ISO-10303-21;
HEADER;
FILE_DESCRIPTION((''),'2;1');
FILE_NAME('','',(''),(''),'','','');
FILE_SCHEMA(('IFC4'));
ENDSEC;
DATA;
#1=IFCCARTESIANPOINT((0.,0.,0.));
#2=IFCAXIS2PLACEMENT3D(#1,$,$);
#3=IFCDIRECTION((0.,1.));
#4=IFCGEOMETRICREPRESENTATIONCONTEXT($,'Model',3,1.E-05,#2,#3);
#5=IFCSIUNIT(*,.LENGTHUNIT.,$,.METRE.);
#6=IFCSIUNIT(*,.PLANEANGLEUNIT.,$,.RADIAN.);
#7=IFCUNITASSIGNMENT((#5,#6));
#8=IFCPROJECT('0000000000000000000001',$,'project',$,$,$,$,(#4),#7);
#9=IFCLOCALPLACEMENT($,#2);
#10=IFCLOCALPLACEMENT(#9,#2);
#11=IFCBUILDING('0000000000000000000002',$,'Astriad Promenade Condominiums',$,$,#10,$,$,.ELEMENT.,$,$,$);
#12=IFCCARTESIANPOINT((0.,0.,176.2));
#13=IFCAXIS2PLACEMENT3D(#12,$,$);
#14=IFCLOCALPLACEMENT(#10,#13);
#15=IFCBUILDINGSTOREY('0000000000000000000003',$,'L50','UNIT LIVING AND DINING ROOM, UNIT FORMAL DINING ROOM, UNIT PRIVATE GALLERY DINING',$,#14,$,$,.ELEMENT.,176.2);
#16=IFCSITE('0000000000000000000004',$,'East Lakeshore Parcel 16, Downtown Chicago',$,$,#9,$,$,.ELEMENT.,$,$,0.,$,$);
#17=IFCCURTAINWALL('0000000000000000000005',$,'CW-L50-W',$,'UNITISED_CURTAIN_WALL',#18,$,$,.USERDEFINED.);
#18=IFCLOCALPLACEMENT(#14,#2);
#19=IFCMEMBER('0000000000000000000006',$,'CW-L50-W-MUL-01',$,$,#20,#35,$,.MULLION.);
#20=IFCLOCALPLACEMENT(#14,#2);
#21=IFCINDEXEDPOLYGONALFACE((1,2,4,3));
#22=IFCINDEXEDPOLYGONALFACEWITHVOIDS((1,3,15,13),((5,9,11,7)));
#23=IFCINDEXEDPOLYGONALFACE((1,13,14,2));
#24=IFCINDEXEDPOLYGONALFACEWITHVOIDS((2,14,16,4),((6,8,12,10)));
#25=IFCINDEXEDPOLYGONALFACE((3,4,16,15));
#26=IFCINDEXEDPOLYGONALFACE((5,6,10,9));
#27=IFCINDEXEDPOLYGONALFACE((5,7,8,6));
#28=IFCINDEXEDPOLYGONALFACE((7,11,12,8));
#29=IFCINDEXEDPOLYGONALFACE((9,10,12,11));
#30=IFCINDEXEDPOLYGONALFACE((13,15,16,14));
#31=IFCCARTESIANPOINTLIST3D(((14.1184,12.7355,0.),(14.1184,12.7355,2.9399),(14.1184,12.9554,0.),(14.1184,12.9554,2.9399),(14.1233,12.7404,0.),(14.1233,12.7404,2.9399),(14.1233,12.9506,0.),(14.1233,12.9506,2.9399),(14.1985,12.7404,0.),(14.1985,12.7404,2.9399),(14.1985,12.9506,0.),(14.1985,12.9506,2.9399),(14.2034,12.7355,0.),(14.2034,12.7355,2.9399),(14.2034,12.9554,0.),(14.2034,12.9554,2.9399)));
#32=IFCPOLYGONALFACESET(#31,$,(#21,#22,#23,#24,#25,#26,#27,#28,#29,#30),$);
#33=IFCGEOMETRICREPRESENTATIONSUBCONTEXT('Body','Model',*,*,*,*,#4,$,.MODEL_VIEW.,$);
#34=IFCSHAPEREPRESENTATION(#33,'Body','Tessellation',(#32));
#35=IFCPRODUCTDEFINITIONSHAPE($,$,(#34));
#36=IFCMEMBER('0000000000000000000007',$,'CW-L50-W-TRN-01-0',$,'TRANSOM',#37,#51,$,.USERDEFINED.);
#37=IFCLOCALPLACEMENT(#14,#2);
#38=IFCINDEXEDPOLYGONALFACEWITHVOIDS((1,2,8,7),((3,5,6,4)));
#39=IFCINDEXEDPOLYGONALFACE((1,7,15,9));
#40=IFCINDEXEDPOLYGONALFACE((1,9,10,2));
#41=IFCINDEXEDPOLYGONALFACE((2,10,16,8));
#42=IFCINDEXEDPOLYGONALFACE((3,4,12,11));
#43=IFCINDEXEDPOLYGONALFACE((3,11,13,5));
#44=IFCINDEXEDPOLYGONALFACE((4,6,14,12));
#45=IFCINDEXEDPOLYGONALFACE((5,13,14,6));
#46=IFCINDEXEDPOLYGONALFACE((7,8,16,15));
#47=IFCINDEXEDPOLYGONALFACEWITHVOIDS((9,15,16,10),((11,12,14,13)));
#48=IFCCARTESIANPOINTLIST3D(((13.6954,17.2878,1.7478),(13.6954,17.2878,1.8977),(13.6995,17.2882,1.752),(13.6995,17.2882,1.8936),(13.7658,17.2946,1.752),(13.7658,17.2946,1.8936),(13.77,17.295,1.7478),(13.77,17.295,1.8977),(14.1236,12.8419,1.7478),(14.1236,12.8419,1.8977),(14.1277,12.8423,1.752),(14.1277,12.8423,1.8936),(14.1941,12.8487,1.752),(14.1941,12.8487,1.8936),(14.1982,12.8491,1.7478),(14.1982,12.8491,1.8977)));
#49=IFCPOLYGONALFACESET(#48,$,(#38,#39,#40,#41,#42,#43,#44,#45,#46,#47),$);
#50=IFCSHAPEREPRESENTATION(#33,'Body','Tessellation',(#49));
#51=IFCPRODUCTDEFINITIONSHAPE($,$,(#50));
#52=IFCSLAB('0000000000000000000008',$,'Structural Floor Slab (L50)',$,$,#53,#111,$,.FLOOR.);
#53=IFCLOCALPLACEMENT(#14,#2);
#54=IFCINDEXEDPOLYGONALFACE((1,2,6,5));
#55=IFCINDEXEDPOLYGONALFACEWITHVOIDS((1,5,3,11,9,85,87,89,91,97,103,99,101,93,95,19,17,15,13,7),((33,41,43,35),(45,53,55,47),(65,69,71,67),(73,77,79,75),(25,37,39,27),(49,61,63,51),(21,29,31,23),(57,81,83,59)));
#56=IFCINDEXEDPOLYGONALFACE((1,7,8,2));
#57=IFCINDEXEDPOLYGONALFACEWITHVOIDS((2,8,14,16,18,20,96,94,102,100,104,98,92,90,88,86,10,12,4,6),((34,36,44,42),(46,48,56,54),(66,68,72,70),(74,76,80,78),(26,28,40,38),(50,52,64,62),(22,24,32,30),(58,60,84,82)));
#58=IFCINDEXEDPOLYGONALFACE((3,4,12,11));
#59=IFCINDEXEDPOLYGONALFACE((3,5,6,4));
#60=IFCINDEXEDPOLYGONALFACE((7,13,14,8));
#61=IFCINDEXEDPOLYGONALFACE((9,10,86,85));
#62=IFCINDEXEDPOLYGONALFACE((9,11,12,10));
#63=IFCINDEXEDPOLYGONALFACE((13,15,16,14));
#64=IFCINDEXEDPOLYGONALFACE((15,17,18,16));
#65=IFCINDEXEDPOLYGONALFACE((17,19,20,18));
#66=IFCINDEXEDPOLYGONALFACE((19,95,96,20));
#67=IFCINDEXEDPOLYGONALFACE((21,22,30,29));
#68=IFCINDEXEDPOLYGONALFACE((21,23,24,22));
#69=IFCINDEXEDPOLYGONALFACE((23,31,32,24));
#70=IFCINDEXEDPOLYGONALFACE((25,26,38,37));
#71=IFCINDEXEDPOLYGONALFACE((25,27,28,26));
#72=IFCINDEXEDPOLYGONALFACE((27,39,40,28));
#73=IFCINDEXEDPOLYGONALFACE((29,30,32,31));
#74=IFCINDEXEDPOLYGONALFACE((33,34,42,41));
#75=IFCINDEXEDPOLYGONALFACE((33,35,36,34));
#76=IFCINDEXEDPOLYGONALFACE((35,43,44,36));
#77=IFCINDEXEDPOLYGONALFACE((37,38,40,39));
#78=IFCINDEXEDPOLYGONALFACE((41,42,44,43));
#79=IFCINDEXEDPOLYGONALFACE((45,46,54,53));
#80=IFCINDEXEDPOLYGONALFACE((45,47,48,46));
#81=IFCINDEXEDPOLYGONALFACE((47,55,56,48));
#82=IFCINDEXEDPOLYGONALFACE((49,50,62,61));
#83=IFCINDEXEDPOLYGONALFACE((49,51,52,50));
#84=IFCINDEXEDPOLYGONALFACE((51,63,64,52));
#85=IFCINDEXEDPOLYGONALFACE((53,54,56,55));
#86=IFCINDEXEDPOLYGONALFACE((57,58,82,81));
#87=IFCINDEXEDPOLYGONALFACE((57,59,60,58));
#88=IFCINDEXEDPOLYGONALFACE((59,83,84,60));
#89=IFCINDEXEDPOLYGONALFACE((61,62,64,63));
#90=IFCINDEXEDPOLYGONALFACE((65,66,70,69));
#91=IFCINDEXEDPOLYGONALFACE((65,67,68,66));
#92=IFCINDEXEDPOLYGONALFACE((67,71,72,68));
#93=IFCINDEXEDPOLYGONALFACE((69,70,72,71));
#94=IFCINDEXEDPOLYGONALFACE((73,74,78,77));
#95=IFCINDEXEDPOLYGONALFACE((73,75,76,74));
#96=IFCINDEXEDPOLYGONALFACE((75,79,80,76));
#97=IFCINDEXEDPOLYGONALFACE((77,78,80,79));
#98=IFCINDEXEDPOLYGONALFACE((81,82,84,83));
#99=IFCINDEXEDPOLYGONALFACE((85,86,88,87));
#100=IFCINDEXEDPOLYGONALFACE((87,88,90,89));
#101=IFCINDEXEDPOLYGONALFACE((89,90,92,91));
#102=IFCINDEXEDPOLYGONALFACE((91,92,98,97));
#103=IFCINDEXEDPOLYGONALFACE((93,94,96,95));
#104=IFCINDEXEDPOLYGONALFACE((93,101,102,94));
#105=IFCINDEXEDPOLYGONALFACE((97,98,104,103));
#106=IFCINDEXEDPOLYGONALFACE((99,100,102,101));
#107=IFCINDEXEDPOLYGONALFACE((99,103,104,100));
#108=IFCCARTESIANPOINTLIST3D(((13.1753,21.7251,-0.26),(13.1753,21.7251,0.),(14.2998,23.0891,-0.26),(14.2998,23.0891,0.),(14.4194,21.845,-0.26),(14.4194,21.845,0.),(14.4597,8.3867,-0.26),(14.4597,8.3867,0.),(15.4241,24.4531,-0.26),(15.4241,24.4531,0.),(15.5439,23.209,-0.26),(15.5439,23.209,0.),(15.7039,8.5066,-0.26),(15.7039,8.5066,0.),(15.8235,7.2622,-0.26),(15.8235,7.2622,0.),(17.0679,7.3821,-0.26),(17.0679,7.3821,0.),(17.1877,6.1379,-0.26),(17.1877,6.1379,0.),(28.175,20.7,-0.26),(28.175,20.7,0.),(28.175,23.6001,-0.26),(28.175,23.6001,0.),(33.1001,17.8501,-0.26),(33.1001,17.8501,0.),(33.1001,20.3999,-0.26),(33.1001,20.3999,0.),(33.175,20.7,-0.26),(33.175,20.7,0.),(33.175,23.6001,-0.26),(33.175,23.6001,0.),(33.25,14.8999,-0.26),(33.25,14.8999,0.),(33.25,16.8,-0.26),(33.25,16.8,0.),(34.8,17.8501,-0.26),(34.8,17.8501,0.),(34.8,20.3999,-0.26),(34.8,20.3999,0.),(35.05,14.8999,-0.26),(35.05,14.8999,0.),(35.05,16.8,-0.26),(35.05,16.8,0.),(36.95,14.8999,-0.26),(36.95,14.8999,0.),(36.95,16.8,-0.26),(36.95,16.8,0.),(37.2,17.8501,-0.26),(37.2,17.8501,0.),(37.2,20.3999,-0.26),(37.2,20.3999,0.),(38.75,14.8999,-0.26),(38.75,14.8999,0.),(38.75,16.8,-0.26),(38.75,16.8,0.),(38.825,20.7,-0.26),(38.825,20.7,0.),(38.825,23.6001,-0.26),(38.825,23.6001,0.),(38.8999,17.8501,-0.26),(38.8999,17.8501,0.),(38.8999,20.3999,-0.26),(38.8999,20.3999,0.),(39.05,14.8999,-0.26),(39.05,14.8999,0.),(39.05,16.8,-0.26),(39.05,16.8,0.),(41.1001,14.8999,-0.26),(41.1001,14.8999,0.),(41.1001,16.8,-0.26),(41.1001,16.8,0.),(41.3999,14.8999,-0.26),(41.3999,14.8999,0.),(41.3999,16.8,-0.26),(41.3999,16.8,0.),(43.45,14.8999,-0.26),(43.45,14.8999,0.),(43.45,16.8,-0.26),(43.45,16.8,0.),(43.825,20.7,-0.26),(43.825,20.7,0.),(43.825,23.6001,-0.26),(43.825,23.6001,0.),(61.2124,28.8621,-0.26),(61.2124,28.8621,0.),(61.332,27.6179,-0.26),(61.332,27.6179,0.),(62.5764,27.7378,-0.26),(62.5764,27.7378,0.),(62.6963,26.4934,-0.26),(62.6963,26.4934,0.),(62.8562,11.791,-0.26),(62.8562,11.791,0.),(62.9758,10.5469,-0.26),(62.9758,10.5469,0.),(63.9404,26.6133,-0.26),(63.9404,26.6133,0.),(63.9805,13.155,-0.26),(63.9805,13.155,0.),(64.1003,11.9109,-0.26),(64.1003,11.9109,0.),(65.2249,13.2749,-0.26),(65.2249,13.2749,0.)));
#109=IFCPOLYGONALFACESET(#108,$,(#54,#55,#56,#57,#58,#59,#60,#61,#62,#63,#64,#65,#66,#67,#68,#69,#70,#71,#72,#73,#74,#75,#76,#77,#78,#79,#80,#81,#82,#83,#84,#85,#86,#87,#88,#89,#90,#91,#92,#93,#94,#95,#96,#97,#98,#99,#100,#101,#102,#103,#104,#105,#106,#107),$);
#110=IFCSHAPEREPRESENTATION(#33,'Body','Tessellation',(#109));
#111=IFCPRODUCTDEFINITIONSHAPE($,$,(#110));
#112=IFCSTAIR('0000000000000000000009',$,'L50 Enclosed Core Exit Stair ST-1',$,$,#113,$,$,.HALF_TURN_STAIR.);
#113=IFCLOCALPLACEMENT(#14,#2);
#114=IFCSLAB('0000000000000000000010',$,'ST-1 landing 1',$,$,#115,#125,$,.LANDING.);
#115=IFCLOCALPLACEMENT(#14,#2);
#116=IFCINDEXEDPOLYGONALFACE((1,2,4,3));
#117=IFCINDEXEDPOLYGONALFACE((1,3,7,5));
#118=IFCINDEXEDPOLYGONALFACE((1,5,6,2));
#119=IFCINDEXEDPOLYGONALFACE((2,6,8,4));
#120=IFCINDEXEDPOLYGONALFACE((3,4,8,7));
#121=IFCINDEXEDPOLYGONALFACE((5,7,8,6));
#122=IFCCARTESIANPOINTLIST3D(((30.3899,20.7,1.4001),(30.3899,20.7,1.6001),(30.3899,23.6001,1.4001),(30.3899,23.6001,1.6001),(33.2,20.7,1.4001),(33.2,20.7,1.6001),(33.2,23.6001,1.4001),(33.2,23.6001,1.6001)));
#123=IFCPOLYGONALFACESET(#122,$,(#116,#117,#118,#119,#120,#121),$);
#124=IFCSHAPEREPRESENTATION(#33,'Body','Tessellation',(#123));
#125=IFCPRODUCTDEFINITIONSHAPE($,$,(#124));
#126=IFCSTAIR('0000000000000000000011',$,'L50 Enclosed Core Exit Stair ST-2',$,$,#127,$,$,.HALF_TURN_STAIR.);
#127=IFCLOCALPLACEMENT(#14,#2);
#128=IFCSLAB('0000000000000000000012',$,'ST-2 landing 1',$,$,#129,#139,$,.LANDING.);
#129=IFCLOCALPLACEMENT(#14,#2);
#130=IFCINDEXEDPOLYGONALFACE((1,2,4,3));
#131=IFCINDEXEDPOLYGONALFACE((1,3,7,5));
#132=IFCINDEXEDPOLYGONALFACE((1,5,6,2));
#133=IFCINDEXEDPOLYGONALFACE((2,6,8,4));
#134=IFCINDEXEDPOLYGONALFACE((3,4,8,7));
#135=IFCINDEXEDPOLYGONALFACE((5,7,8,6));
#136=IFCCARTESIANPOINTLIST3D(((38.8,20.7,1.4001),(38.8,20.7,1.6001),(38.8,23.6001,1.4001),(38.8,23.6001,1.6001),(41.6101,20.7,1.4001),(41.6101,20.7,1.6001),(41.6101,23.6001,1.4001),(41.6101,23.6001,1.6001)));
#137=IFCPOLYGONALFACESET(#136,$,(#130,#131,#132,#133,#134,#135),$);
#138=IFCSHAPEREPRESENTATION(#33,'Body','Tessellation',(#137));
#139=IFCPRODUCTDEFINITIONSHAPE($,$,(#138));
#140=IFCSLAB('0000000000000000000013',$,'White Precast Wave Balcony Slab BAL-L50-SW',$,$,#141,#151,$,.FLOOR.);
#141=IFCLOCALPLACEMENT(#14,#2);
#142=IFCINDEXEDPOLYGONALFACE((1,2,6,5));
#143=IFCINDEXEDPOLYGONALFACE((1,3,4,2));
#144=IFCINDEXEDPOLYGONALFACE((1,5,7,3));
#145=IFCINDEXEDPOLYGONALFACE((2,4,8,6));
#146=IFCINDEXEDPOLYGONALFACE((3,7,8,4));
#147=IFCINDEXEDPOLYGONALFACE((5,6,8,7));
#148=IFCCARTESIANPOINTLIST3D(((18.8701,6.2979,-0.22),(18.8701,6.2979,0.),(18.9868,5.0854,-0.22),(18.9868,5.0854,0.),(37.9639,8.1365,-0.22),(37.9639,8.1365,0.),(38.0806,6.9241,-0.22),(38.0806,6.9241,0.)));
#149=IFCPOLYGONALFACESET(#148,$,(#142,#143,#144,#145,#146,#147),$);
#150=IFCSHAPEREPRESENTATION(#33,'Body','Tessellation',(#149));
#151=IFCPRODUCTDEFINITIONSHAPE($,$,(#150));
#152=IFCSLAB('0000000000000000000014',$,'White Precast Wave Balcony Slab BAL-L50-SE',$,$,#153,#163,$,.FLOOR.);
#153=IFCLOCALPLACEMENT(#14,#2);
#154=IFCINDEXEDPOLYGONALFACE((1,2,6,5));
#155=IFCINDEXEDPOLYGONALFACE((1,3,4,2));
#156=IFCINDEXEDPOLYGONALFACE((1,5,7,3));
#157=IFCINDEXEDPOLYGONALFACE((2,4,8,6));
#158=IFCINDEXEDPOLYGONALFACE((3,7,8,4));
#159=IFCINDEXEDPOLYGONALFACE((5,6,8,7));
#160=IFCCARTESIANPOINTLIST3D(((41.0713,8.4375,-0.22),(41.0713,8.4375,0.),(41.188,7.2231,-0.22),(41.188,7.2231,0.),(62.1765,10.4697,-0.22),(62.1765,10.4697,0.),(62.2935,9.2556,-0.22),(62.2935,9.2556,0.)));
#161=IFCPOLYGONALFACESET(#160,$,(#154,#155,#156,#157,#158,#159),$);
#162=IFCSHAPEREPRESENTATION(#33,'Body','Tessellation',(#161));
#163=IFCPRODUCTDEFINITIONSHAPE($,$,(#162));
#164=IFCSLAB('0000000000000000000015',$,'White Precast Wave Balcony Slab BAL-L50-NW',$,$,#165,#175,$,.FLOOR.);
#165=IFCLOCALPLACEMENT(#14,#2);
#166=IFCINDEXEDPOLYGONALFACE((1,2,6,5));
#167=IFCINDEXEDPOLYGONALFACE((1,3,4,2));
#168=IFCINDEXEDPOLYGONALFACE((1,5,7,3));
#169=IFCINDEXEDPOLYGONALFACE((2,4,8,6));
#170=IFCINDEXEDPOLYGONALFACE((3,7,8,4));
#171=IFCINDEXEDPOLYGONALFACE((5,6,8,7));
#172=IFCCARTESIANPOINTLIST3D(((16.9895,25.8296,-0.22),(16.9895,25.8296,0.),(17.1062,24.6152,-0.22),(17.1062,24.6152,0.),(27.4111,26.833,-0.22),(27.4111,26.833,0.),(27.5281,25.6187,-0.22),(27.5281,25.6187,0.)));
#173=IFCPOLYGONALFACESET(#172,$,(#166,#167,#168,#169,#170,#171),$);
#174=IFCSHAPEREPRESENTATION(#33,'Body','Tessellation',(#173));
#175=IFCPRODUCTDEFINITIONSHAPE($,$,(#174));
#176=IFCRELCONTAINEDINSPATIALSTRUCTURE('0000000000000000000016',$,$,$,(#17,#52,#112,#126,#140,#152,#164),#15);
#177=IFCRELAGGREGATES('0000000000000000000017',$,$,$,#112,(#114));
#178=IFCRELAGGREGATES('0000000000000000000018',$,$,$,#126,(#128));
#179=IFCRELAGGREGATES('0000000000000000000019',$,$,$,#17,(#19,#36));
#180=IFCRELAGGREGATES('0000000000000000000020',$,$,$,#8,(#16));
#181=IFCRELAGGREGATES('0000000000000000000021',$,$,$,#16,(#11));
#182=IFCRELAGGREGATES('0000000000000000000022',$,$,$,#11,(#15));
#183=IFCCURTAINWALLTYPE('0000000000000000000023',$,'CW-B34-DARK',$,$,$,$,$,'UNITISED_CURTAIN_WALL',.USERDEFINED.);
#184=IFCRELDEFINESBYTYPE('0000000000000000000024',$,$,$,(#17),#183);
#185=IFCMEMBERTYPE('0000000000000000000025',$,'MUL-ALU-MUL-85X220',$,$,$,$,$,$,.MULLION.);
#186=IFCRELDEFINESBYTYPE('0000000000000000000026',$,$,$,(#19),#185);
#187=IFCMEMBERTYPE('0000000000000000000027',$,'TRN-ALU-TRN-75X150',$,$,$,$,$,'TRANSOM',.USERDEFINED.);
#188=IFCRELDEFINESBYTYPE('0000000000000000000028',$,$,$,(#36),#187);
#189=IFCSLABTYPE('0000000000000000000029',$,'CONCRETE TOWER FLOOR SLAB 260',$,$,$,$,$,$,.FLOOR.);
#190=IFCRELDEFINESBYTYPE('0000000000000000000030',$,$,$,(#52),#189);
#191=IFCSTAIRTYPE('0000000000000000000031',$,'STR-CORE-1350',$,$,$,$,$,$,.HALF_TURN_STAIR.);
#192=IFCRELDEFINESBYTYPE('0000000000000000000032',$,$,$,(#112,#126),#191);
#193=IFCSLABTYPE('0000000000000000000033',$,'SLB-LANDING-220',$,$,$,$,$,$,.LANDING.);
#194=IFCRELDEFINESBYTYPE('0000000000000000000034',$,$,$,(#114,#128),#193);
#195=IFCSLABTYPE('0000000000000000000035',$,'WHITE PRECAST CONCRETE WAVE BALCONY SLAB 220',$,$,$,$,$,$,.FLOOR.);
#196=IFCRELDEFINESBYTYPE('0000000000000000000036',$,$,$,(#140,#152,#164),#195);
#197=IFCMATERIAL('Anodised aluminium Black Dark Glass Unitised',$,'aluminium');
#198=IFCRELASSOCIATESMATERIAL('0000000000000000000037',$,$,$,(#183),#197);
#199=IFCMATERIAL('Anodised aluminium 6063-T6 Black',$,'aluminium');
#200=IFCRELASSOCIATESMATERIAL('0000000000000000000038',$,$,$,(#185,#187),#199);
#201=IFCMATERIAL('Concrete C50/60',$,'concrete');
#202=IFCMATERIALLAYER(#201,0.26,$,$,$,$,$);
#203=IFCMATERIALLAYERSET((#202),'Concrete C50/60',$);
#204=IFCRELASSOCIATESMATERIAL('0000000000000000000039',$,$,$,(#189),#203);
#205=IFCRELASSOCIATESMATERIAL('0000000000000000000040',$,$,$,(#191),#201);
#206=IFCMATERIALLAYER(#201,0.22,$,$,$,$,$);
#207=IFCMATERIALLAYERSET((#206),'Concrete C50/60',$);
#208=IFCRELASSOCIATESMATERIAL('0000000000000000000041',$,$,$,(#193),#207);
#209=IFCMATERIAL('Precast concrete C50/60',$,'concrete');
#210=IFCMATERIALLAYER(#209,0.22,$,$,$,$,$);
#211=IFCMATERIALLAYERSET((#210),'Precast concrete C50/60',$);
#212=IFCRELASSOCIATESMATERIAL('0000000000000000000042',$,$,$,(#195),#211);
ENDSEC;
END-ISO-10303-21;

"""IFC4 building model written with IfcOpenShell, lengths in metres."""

from ifc_helpers import new_model, si_unit, direction, frame, origin, origin_2d, place, context, subcontext, project, spatial, polyline, hollow_rectangle, outline, extrude, source, transform, mapped, material, layer, layer_set, material_profile, profile_set, type_object, type_shapes, element, aggregate, save


model = new_model("IFC4")

# Units and contexts
model_context = context("Model", 3, precision=1e-05, world=origin(), true_north=direction((0.0, 1.0)))
body_context = subcontext(model_context, "Body", "Model", "MODEL_VIEW")
ifc_project = project(units=[si_unit("LENGTHUNIT", "METRE"), si_unit("PLANEANGLEUNIT", "RADIAN")], contexts=[model_context])

# Site, building, storey
site_placement = place(None, origin())
site = spatial("IfcSite", under=ifc_project, at=site_placement, Name="East Lakeshore Parcel 16, Downtown Chicago", CompositionType="ELEMENT", RefElevation=0.0)
building_placement = place(site_placement, origin())
building = spatial("IfcBuilding", under=site, at=building_placement, Name="Astriad Promenade Condominiums", CompositionType="ELEMENT")
storey_placement = place(building_placement, frame((0.0, 0.0, 176.2)))
storey = spatial("IfcBuildingStorey", under=building, at=storey_placement, Name="L50", Description="UNIT LIVING AND DINING ROOM, UNIT FORMAL DINING ROOM, UNIT PRIVATE GALLERY DINING", CompositionType="ELEMENT", Elevation=176.2)

# Curtain wall, members
ifc_material_1 = material(Name="Anodised aluminium Black Dark Glass Unitised", Category="aluminium")
curtain_wall_type = type_object("IfcCurtainWallType", Name="CW-B34-DARK", ElementType="UNITISED_CURTAIN_WALL", PredefinedType="USERDEFINED", material=ifc_material_1)
curtain_wall_placement = place(storey_placement, origin())
curtain_wall = element("IfcCurtainWall", 1, at=curtain_wall_placement, inside=storey, type_object=curtain_wall_type, Name="CW-L50-W", ObjectType="UNITISED_CURTAIN_WALL", PredefinedType="USERDEFINED")
ifc_material_2 = material(Name="Anodised aluminium 6063-T6 Black", Category="aluminium")
ifc_material_profile_1 = material_profile(ifc_material_2, hollow_rectangle(XDim=0.085, YDim=0.22, WallThickness=0.0049, at=origin_2d()), Name="ALU-MUL-85X220")
ifc_profile_set_1 = profile_set([ifc_material_profile_1], Name="Anodised aluminium 6063-T6 Black")
member_type_1 = type_object("IfcMemberType", Name="MUL-ALU-MUL-85X220", PredefinedType="MULLION", material=ifc_profile_set_1)
shared_shape_1 = source(origin(), body_context, "Body", "SweptSolid", [
    extrude(hollow_rectangle(XDim=0.085, YDim=0.22, WallThickness=0.0049, at=origin_2d()), origin(), (0.0, 0.0, 1.0), 2.9399),
])
type_shapes(member_type_1, [shared_shape_1])
member_1_placement = place(storey_placement, frame((14.1609, 12.8455, 0.0), z_axis=(0.0, 0.0, 1.0), x_axis=(1.0, 0.0, 0.0)))
member_1 = element("IfcMember", 2, at=member_1_placement, type_object=member_type_1, Name="CW-L50-W-MUL-01", PredefinedType="MULLION", context=body_context, shape_type="MappedRepresentation", body=[
    mapped(shared_shape_1, transform((0.0, 0.0, 0.0), scale=1.0)),
])
ifc_material_profile_2 = material_profile(ifc_material_2, hollow_rectangle(XDim=0.075, YDim=0.1499, WallThickness=0.0042, at=origin_2d()), Name="ALU-TRN-75X150")
ifc_profile_set_2 = profile_set([ifc_material_profile_2], Name="Anodised aluminium 6063-T6 Black")
member_type_2 = type_object("IfcMemberType", Name="TRN-ALU-TRN-75X150", ElementType="TRANSOM", PredefinedType="USERDEFINED", material=ifc_profile_set_2)
shared_shape_2 = source(origin(), body_context, "Body", "SweptSolid", [
    extrude(hollow_rectangle(XDim=0.075, YDim=0.1499, WallThickness=0.0042, at=origin_2d()), origin(), (0.0, 0.0, 1.0), 4.4666),
])
type_shapes(member_type_2, [shared_shape_2])
member_2_placement = place(storey_placement, frame((14.1609, 12.8455, 1.8228), z_axis=(-0.095872, 0.995394, 0.0), x_axis=(-0.995394, -0.095872, 0.0)))
member_2 = element("IfcMember", 3, at=member_2_placement, type_object=member_type_2, Name="CW-L50-W-TRN-01-0", ObjectType="TRANSOM", PredefinedType="USERDEFINED", context=body_context, shape_type="MappedRepresentation", body=[
    mapped(shared_shape_2, transform((0.0, 0.0, 0.0), scale=1.0)),
])

# Slab
ifc_material_3 = material(Name="Concrete C50/60", Category="concrete")
ifc_layer_1 = layer(ifc_material_3, 0.26)
ifc_layer_set_1 = layer_set([ifc_layer_1], Name="Concrete C50/60")
slab_type_1 = type_object("IfcSlabType", Name="CONCRETE TOWER FLOOR SLAB 260", PredefinedType="FLOOR", material=ifc_layer_set_1)
slab_1_placement = place(storey_placement, frame((0.0, 0.0, -0.26)))
element("IfcSlab", 4, at=slab_1_placement, inside=storey, type_object=slab_type_1, Name="Structural Floor Slab (L50)", PredefinedType="FLOOR", context=body_context, shape_type="SweptSolid", body=[
    extrude(outline(polyline([(17.1877, 6.1379), (62.9758, 10.5469), (62.8562, 11.791), (64.1003, 11.9109), (63.9805, 13.155), (65.2249, 13.2749), (63.9404, 26.6133), (62.6963, 26.4934), (62.5764, 27.7378), (61.332, 27.6179), (61.2124, 28.8621), (15.4241, 24.4531), (15.5439, 23.209), (14.2998, 23.0891), (14.4194, 21.845), (13.1753, 21.7251), (14.4597, 8.3867), (15.7039, 8.5066), (15.8235, 7.2622), (17.0679, 7.3821), (17.1877, 6.1379)]), holes=[polyline([(28.175, 20.7), (33.175, 20.7), (33.175, 23.6001), (28.175, 23.6001), (28.175, 20.7)]), polyline([(38.825, 20.7), (43.825, 20.7), (43.825, 23.6001), (38.825, 23.6001), (38.825, 20.7)]), polyline([(33.1001, 17.8501), (34.8, 17.8501), (34.8, 20.3999), (33.1001, 20.3999), (33.1001, 17.8501)]), polyline([(37.2, 17.8501), (38.8999, 17.8501), (38.8999, 20.3999), (37.2, 20.3999), (37.2, 17.8501)]), polyline([(33.25, 14.8999), (35.05, 14.8999), (35.05, 16.8), (33.25, 16.8), (33.25, 14.8999)]), polyline([(36.95, 14.8999), (38.75, 14.8999), (38.75, 16.8), (36.95, 16.8), (36.95, 14.8999)]), polyline([(39.05, 14.8999), (41.1001, 14.8999), (41.1001, 16.8), (39.05, 16.8), (39.05, 14.8999)]), polyline([(41.3999, 14.8999), (43.45, 14.8999), (43.45, 16.8), (41.3999, 16.8), (41.3999, 14.8999)])]), origin(), (0.0, 0.0, 1.0), 0.26),
])

# Stairs, slabs
stair_type = type_object("IfcStairType", Name="STR-CORE-1350", PredefinedType="HALF_TURN_STAIR", material=ifc_material_3)
stair_1_placement = place(storey_placement, origin())
stair_1 = element("IfcStair", 5, at=stair_1_placement, inside=storey, type_object=stair_type, Name="L50 Enclosed Core Exit Stair ST-1", PredefinedType="HALF_TURN_STAIR")
ifc_layer_2 = layer(ifc_material_3, 0.22)
ifc_layer_set_2 = layer_set([ifc_layer_2], Name="Concrete C50/60")
slab_type_2 = type_object("IfcSlabType", Name="SLB-LANDING-220", PredefinedType="LANDING", material=ifc_layer_set_2)
slab_2_placement = place(storey_placement, frame((0.0, 0.0, 1.4001)))
slab_2 = element("IfcSlab", 6, at=slab_2_placement, type_object=slab_type_2, Name="ST-1 landing 1", PredefinedType="LANDING", context=body_context, shape_type="SweptSolid", body=[
    extrude(outline(polyline([(30.3899, 20.7), (33.2, 20.7), (33.2, 23.6001), (30.3899, 23.6001), (30.3899, 20.7)])), origin(), (0.0, 0.0, 1.0), 0.2),
])
aggregate(stair_1, [slab_2])
stair_2_placement = place(storey_placement, origin())
stair_2 = element("IfcStair", 7, at=stair_2_placement, inside=storey, type_object=stair_type, Name="L50 Enclosed Core Exit Stair ST-2", PredefinedType="HALF_TURN_STAIR")
slab_3_placement = place(storey_placement, frame((0.0, 0.0, 1.4001)))
slab_3 = element("IfcSlab", 8, at=slab_3_placement, type_object=slab_type_2, Name="ST-2 landing 1", PredefinedType="LANDING", context=body_context, shape_type="SweptSolid", body=[
    extrude(outline(polyline([(41.6101, 23.6001), (38.8, 23.6001), (38.8, 20.7), (41.6101, 20.7), (41.6101, 23.6001)])), origin(), (0.0, 0.0, 1.0), 0.2),
])
aggregate(stair_2, [slab_3])

# Slabs
ifc_material_4 = material(Name="Precast concrete C50/60", Category="concrete")
ifc_layer_3 = layer(ifc_material_4, 0.22)
ifc_layer_set_3 = layer_set([ifc_layer_3], Name="Precast concrete C50/60")
slab_type_3 = type_object("IfcSlabType", Name="WHITE PRECAST CONCRETE WAVE BALCONY SLAB 220", PredefinedType="FLOOR", material=ifc_layer_set_3)
slab_4_placement = place(storey_placement, frame((0.0, 0.0, -0.22)))
element("IfcSlab", 9, at=slab_4_placement, inside=storey, type_object=slab_type_3, Name="White Precast Wave Balcony Slab BAL-L50-SW", PredefinedType="FLOOR", context=body_context, shape_type="SweptSolid", body=[
    extrude(outline(polyline([(38.0806, 6.9241), (18.9868, 5.0854), (18.8701, 6.2979), (37.9639, 8.1365), (38.0806, 6.9241)])), origin(), (0.0, 0.0, 1.0), 0.22),
])
slab_5_placement = place(storey_placement, frame((0.0, 0.0, -0.22)))
element("IfcSlab", 10, at=slab_5_placement, inside=storey, type_object=slab_type_3, Name="White Precast Wave Balcony Slab BAL-L50-SE", PredefinedType="FLOOR", context=body_context, shape_type="SweptSolid", body=[
    extrude(outline(polyline([(41.188, 7.2231), (62.2935, 9.2556), (62.1765, 10.4697), (41.0713, 8.4375), (41.188, 7.2231)])), origin(), (0.0, 0.0, 1.0), 0.22),
])
slab_6_placement = place(storey_placement, frame((0.0, 0.0, -0.22)))
element("IfcSlab", 11, at=slab_6_placement, inside=storey, type_object=slab_type_3, Name="White Precast Wave Balcony Slab BAL-L50-NW", PredefinedType="FLOOR", context=body_context, shape_type="SweptSolid", body=[
    extrude(outline(polyline([(17.1062, 24.6152), (27.5281, 25.6187), (27.4111, 26.833), (16.9895, 25.8296), (17.1062, 24.6152)])), origin(), (0.0, 0.0, 1.0), 0.22),
])

aggregate(curtain_wall, [member_1, member_2])

save(model, "model.ifc")
